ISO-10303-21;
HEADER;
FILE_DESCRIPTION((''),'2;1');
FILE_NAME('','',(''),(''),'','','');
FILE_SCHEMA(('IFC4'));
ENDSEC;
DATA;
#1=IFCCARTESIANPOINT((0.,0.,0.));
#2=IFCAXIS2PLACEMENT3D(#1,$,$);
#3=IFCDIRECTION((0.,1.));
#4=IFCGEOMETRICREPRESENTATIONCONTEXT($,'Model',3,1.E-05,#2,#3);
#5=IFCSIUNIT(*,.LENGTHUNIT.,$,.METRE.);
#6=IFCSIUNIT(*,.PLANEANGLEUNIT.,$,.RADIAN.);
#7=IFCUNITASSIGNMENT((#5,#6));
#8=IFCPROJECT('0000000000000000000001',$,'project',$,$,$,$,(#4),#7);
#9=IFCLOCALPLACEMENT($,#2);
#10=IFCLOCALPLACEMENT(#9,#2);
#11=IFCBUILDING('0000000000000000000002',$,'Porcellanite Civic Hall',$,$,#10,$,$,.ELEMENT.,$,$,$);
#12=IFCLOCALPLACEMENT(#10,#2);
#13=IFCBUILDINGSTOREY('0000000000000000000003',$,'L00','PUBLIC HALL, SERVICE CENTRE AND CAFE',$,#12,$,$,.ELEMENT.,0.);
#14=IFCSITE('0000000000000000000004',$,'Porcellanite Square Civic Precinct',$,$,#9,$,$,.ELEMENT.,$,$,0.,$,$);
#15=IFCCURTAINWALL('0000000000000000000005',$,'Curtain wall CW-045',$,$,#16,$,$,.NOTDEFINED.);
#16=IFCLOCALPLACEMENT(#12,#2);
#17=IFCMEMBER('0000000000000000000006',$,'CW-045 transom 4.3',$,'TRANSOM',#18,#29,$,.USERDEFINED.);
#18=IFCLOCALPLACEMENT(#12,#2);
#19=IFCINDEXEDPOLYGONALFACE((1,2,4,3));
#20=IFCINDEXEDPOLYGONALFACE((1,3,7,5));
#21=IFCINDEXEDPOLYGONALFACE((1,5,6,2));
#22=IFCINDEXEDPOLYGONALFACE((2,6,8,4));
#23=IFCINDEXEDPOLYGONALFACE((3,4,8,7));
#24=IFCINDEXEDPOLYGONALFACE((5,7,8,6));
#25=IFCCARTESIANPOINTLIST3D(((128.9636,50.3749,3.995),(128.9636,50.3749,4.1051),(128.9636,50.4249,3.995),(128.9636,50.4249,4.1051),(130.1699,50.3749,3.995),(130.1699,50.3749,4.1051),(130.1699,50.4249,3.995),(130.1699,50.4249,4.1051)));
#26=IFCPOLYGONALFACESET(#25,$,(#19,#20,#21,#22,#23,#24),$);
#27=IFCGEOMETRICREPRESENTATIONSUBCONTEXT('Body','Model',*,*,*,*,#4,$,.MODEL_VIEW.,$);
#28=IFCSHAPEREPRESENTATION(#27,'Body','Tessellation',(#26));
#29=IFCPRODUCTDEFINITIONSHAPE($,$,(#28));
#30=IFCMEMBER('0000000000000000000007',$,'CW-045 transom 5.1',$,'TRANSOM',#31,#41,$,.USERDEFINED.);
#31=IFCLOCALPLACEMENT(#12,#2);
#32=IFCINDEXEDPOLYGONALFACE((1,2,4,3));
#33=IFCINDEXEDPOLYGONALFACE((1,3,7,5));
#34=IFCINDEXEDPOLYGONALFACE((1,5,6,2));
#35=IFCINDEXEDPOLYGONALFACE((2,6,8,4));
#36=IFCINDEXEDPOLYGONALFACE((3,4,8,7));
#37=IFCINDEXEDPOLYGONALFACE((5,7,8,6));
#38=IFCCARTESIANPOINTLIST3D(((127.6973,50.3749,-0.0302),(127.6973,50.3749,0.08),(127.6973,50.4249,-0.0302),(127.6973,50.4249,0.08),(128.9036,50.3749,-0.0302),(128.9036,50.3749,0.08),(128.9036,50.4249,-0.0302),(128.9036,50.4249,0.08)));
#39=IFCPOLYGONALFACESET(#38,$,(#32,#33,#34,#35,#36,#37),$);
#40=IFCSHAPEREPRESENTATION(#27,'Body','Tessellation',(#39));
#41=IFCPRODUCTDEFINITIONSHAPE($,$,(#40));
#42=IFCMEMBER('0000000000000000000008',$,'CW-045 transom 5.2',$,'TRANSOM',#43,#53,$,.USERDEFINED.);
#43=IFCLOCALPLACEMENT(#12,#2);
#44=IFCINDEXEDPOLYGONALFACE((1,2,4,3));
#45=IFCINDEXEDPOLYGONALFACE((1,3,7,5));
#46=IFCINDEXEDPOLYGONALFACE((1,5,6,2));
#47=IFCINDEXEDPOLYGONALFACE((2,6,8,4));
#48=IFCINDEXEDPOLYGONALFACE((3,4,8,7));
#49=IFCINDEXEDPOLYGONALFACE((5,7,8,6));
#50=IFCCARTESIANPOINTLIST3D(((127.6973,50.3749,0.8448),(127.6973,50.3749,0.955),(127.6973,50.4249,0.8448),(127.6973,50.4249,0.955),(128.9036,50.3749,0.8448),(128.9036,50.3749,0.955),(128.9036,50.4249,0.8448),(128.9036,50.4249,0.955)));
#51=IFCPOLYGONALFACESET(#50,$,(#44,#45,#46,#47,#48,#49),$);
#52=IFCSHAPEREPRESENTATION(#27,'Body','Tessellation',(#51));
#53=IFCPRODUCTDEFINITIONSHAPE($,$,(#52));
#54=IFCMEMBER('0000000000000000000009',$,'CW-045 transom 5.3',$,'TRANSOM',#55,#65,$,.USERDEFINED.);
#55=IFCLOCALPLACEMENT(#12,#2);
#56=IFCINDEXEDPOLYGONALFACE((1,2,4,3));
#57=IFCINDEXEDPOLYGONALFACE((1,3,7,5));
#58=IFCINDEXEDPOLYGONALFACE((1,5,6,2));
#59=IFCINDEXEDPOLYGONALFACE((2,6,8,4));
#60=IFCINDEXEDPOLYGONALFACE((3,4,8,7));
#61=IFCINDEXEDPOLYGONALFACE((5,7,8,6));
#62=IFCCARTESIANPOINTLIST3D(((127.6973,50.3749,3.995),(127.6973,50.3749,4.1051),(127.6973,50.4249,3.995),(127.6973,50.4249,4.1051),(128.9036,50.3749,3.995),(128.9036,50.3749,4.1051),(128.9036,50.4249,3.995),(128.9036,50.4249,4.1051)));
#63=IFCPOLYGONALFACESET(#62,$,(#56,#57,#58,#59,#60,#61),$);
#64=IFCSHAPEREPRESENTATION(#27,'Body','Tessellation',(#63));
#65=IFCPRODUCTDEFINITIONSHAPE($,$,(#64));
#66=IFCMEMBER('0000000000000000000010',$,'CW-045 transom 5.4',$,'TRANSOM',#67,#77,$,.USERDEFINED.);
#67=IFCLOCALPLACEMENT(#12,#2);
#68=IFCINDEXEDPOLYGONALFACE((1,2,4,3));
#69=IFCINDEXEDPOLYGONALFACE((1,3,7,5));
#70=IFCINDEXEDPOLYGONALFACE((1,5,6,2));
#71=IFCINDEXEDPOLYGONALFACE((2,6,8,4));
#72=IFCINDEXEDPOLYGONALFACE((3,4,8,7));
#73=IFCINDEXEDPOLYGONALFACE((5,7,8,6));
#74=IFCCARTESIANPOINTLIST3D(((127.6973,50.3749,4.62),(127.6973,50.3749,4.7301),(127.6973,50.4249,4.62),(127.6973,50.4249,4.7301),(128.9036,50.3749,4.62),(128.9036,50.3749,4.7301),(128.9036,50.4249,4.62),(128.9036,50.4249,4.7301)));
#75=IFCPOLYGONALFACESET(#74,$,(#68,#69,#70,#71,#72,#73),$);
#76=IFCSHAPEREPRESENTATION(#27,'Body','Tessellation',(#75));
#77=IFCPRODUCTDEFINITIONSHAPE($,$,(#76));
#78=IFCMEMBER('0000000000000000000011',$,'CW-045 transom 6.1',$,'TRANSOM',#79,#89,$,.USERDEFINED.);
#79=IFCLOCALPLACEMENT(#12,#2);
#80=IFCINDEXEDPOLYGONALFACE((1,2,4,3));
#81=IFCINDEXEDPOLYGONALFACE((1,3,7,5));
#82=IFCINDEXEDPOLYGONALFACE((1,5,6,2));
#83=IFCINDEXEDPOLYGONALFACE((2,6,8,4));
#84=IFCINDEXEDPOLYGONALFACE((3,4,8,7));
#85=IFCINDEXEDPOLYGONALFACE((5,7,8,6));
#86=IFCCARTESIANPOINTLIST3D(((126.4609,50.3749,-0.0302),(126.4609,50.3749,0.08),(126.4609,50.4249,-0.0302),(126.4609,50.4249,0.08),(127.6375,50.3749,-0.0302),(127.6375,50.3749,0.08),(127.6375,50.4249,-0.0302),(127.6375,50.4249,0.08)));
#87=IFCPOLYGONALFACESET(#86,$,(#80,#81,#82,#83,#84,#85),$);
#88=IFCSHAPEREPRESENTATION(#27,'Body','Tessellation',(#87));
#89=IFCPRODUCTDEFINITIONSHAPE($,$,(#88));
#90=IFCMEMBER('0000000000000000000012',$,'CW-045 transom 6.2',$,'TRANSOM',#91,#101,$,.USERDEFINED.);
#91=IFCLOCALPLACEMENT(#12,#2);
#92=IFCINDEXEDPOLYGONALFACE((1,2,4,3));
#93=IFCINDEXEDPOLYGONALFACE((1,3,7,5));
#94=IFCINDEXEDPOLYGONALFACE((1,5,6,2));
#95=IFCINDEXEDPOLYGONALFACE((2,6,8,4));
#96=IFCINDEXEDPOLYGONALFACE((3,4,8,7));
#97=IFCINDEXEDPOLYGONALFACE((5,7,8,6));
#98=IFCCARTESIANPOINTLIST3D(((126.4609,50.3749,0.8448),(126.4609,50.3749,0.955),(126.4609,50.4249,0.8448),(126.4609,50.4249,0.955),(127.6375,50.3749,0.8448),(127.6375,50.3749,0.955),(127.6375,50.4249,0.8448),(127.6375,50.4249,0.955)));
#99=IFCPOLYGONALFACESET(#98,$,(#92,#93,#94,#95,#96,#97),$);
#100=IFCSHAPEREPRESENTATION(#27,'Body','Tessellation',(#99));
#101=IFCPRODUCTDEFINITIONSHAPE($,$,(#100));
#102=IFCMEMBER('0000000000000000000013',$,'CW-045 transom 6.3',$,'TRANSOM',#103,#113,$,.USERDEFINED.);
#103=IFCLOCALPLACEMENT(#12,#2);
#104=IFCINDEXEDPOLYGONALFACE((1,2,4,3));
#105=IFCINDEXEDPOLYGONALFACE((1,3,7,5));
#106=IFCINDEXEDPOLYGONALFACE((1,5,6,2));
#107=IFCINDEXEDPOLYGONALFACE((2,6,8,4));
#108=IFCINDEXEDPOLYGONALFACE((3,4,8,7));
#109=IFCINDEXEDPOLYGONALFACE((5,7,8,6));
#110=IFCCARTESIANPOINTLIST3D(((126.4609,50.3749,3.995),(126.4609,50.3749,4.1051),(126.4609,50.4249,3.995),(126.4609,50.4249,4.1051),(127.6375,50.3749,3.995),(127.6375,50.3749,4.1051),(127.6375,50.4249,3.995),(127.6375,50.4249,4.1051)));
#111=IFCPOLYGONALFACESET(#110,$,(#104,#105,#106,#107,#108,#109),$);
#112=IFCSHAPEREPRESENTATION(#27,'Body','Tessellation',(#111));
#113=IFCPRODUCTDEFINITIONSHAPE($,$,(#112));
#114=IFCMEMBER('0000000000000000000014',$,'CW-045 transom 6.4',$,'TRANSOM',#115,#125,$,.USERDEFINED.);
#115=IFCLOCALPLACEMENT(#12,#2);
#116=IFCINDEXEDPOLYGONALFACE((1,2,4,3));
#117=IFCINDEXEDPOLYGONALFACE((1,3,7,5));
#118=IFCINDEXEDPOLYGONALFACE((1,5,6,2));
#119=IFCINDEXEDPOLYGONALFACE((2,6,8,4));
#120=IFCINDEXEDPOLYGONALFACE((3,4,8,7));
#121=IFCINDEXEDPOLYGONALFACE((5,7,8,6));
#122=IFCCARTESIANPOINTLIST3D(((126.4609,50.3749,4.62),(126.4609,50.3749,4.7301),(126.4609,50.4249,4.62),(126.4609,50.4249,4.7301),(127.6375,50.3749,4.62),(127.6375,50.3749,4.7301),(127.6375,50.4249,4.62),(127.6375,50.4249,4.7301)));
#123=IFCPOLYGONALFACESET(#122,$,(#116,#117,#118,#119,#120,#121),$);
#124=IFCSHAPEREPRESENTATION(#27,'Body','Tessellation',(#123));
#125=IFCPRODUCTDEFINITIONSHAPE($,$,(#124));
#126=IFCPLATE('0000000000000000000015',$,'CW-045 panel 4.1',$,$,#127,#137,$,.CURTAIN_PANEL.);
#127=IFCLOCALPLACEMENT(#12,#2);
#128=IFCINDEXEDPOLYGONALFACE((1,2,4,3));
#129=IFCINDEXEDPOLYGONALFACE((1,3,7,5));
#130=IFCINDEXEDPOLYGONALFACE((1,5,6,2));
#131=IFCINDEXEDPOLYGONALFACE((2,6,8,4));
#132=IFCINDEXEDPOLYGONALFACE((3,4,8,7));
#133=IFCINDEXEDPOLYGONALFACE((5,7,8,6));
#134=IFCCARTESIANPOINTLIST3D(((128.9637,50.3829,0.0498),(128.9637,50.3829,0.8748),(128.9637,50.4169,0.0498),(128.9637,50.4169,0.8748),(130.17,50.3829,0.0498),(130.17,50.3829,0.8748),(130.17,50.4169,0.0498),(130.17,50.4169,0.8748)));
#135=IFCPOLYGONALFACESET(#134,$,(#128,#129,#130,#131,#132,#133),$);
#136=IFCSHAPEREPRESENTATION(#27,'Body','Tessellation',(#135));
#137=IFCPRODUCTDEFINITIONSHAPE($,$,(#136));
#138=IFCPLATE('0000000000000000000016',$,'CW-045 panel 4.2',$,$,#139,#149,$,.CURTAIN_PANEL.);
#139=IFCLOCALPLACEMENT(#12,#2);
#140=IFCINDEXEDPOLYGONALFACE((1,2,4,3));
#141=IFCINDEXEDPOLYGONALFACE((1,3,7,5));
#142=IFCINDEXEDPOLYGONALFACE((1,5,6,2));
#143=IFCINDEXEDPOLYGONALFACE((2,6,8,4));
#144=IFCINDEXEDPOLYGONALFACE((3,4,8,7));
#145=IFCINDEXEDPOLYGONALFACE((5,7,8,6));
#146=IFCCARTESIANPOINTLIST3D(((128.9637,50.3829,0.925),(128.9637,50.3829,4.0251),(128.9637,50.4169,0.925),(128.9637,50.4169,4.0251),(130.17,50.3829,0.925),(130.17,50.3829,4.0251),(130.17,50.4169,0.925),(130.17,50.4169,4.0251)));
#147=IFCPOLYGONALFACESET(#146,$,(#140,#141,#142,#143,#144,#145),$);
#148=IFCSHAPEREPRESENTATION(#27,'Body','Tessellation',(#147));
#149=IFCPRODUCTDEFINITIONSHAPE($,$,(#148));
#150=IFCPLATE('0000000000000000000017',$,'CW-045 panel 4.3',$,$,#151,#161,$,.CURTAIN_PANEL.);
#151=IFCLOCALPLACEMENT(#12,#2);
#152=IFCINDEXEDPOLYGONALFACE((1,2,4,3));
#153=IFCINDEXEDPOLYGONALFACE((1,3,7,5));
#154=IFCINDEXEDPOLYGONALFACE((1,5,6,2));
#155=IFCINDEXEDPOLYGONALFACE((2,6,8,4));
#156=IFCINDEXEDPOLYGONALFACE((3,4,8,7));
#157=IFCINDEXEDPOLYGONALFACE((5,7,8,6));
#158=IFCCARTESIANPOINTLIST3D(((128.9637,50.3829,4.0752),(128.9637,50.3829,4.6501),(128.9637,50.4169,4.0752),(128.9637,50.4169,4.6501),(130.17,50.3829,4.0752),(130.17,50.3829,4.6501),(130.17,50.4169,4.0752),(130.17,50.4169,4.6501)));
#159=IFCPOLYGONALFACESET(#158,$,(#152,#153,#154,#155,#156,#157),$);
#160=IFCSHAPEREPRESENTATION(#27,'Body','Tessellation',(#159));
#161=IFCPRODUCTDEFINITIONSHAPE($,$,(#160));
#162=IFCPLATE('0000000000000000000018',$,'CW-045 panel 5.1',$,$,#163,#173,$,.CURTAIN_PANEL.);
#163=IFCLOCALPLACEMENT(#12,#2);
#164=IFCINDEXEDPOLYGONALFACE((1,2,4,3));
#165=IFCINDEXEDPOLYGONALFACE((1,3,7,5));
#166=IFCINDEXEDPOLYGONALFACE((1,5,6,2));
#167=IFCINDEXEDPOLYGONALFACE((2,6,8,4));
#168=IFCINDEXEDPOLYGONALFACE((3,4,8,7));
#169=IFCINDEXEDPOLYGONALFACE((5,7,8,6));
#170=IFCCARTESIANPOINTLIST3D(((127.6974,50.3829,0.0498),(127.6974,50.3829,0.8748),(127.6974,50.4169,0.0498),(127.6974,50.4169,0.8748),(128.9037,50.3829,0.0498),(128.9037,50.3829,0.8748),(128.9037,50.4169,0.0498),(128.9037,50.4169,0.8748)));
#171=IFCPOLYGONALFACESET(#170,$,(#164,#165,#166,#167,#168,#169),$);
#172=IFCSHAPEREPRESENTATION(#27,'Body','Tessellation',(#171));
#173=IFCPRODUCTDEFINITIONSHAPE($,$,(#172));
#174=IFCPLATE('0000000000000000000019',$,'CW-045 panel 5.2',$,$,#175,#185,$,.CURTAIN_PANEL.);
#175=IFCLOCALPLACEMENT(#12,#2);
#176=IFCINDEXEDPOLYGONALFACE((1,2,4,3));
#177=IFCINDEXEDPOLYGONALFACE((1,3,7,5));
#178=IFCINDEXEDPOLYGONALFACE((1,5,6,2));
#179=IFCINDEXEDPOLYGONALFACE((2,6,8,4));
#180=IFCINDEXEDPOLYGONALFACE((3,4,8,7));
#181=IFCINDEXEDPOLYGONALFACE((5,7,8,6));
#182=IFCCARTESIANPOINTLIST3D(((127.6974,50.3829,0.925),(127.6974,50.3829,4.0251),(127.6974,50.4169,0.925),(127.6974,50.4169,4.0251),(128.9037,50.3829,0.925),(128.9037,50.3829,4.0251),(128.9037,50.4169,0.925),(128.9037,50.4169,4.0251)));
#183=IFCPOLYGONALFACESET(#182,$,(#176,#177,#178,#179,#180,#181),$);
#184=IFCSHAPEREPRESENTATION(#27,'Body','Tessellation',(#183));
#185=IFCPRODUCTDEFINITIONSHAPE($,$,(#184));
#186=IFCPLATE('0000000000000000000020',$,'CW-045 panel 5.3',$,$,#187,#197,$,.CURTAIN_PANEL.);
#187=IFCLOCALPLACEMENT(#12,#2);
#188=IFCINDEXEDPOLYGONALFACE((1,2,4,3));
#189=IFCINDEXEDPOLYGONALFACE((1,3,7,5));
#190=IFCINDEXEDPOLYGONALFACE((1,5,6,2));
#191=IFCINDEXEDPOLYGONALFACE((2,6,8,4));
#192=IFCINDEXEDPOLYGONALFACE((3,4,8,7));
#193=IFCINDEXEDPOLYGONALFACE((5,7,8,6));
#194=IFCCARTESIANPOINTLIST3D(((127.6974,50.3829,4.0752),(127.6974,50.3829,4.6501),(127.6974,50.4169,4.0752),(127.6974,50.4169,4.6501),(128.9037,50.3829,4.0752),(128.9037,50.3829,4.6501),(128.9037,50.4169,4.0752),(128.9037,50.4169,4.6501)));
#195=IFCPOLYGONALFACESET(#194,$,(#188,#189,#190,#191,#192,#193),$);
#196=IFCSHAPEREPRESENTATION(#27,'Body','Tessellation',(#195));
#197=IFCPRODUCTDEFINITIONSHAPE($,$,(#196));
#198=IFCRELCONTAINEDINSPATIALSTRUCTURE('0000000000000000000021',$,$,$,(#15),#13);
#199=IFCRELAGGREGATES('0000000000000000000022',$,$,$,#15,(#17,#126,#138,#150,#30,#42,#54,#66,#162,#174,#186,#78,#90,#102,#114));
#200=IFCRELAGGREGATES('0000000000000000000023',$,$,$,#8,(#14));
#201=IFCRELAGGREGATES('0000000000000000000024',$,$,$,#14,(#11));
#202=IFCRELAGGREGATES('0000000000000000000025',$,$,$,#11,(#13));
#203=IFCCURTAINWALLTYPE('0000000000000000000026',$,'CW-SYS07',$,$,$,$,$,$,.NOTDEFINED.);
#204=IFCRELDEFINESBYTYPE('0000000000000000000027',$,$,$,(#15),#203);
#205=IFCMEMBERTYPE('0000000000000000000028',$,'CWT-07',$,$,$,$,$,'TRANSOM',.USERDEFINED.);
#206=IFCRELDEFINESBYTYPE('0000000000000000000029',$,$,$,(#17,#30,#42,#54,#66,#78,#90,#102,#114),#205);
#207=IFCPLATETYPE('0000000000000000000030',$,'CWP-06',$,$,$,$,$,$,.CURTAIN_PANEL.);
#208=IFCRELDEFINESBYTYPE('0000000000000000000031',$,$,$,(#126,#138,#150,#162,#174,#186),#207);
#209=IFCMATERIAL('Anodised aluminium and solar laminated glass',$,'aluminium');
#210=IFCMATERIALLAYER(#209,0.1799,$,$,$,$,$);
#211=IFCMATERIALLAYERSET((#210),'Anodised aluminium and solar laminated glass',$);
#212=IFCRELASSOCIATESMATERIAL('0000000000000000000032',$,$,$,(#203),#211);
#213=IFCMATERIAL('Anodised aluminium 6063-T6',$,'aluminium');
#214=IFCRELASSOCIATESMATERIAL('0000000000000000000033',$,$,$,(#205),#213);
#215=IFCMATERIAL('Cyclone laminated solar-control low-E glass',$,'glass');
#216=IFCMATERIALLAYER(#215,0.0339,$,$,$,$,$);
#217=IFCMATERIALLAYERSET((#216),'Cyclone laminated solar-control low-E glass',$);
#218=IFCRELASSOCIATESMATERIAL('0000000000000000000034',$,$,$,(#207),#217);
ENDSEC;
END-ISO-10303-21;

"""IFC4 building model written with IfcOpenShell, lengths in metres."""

from ifc_helpers import new_model, si_unit, direction, frame, origin, origin_2d, place, context, subcontext, project, spatial, rectangle, extrude, material, layer, layer_set, material_profile, profile_set, type_object, element, aggregate, save


model = new_model("IFC4")

# Units and contexts
model_context = context("Model", 3, precision=1e-05, world=origin(), true_north=direction((0.0, 1.0)))
body_context = subcontext(model_context, "Body", "Model", "MODEL_VIEW")
ifc_project = project(units=[si_unit("LENGTHUNIT", "METRE"), si_unit("PLANEANGLEUNIT", "RADIAN")], contexts=[model_context])

# Site, building, storey
site_placement = place(None, origin())
site = spatial("IfcSite", under=ifc_project, at=site_placement, Name="Porcellanite Square Civic Precinct", CompositionType="ELEMENT", RefElevation=0.0)
building_placement = place(site_placement, origin())
building = spatial("IfcBuilding", under=site, at=building_placement, Name="Porcellanite Civic Hall", CompositionType="ELEMENT")
storey_placement = place(building_placement, origin())
storey = spatial("IfcBuildingStorey", under=building, at=storey_placement, Name="L00", Description="PUBLIC HALL, SERVICE CENTRE AND CAFE", CompositionType="ELEMENT", Elevation=0.0)

# Curtain wall, members, plates
ifc_material_1 = material(Name="Anodised aluminium and solar laminated glass", Category="aluminium")
ifc_layer_1 = layer(ifc_material_1, 0.1799)
ifc_layer_set_1 = layer_set([ifc_layer_1], Name="Anodised aluminium and solar laminated glass")
curtain_wall_type = type_object("IfcCurtainWallType", Name="CW-SYS07", PredefinedType="NOTDEFINED", material=ifc_layer_set_1)
curtain_wall_placement = place(storey_placement, origin())
curtain_wall = element("IfcCurtainWall", 1, at=curtain_wall_placement, inside=storey, type_object=curtain_wall_type, Name="Curtain wall CW-045", PredefinedType="NOTDEFINED")
ifc_material_2 = material(Name="Anodised aluminium 6063-T6", Category="aluminium")
ifc_material_profile_1 = material_profile(ifc_material_2, rectangle(XDim=0.05, YDim=0.1101, at=origin_2d()), Name="AL-50x110")
ifc_profile_set_1 = profile_set([ifc_material_profile_1], Name="Anodised aluminium 6063-T6")
member_type_1 = type_object("IfcMemberType", Name="CWT-07", ElementType="TRANSOM", PredefinedType="USERDEFINED", material=ifc_profile_set_1)
member_1_placement = place(storey_placement, frame((130.1699, 50.3999, 4.05), z_axis=(-1.0, 0.0, 0.0), x_axis=(0.0, -1.0, 0.0)))
member_1 = element("IfcMember", 2, at=member_1_placement, type_object=member_type_1, Name="CW-045 transom 4.3", ObjectType="TRANSOM", PredefinedType="USERDEFINED", context=body_context, shape_type="SweptSolid", body=[
    extrude(rectangle(XDim=0.05, YDim=0.1101, at=origin_2d()), origin(), (0.0, 0.0, 1.0), 1.2063),
])
member_2_placement = place(storey_placement, frame((128.9036, 50.3999, 0.0249), z_axis=(-1.0, 0.0, 0.0), x_axis=(0.0, -1.0, 0.0)))
member_2 = element("IfcMember", 3, at=member_2_placement, type_object=member_type_1, Name="CW-045 transom 5.1", ObjectType="TRANSOM", PredefinedType="USERDEFINED", context=body_context, shape_type="SweptSolid", body=[
    extrude(rectangle(XDim=0.05, YDim=0.1101, at=origin_2d()), origin(), (0.0, 0.0, 1.0), 1.2063),
])
member_3_placement = place(storey_placement, frame((128.9036, 50.3999, 0.8999), z_axis=(-1.0, 0.0, 0.0), x_axis=(0.0, -1.0, 0.0)))
member_3 = element("IfcMember", 4, at=member_3_placement, type_object=member_type_1, Name="CW-045 transom 5.2", ObjectType="TRANSOM", PredefinedType="USERDEFINED", context=body_context, shape_type="SweptSolid", body=[
    extrude(rectangle(XDim=0.05, YDim=0.1101, at=origin_2d()), origin(), (0.0, 0.0, 1.0), 1.2063),
])
member_4_placement = place(storey_placement, frame((128.9036, 50.3999, 4.05), z_axis=(-1.0, 0.0, 0.0), x_axis=(0.0, -1.0, 0.0)))
member_4 = element("IfcMember", 5, at=member_4_placement, type_object=member_type_1, Name="CW-045 transom 5.3", ObjectType="TRANSOM", PredefinedType="USERDEFINED", context=body_context, shape_type="SweptSolid", body=[
    extrude(rectangle(XDim=0.05, YDim=0.1101, at=origin_2d()), origin(), (0.0, 0.0, 1.0), 1.2063),
])
member_5_placement = place(storey_placement, frame((128.9036, 50.3999, 4.675), z_axis=(-1.0, 0.0, 0.0), x_axis=(0.0, -1.0, 0.0)))
member_5 = element("IfcMember", 6, at=member_5_placement, type_object=member_type_1, Name="CW-045 transom 5.4", ObjectType="TRANSOM", PredefinedType="USERDEFINED", context=body_context, shape_type="SweptSolid", body=[
    extrude(rectangle(XDim=0.05, YDim=0.1101, at=origin_2d()), origin(), (0.0, 0.0, 1.0), 1.2063),
])
member_6_placement = place(storey_placement, frame((127.6375, 50.3999, 0.0249), z_axis=(-1.0, 0.0, 0.0), x_axis=(0.0, -1.0, 0.0)))
member_6 = element("IfcMember", 7, at=member_6_placement, type_object=member_type_1, Name="CW-045 transom 6.1", ObjectType="TRANSOM", PredefinedType="USERDEFINED", context=body_context, shape_type="SweptSolid", body=[
    extrude(rectangle(XDim=0.05, YDim=0.1101, at=origin_2d()), origin(), (0.0, 0.0, 1.0), 1.1765),
])
member_7_placement = place(storey_placement, frame((127.6375, 50.3999, 0.8999), z_axis=(-1.0, 0.0, 0.0), x_axis=(0.0, -1.0, 0.0)))
member_7 = element("IfcMember", 8, at=member_7_placement, type_object=member_type_1, Name="CW-045 transom 6.2", ObjectType="TRANSOM", PredefinedType="USERDEFINED", context=body_context, shape_type="SweptSolid", body=[
    extrude(rectangle(XDim=0.05, YDim=0.1101, at=origin_2d()), origin(), (0.0, 0.0, 1.0), 1.1765),
])
member_8_placement = place(storey_placement, frame((127.6375, 50.3999, 4.05), z_axis=(-1.0, 0.0, 0.0), x_axis=(0.0, -1.0, 0.0)))
member_8 = element("IfcMember", 9, at=member_8_placement, type_object=member_type_1, Name="CW-045 transom 6.3", ObjectType="TRANSOM", PredefinedType="USERDEFINED", context=body_context, shape_type="SweptSolid", body=[
    extrude(rectangle(XDim=0.05, YDim=0.1101, at=origin_2d()), origin(), (0.0, 0.0, 1.0), 1.1765),
])
member_9_placement = place(storey_placement, frame((127.6375, 50.3999, 4.675), z_axis=(-1.0, 0.0, 0.0), x_axis=(0.0, -1.0, 0.0)))
member_9 = element("IfcMember", 10, at=member_9_placement, type_object=member_type_1, Name="CW-045 transom 6.4", ObjectType="TRANSOM", PredefinedType="USERDEFINED", context=body_context, shape_type="SweptSolid", body=[
    extrude(rectangle(XDim=0.05, YDim=0.1101, at=origin_2d()), origin(), (0.0, 0.0, 1.0), 1.1765),
])
ifc_material_3 = material(Name="Cyclone laminated solar-control low-E glass", Category="glass")
ifc_layer_2 = layer(ifc_material_3, 0.0339)
ifc_layer_set_2 = layer_set([ifc_layer_2], Name="Cyclone laminated solar-control low-E glass")
plate_type = type_object("IfcPlateType", Name="CWP-06", PredefinedType="CURTAIN_PANEL", material=ifc_layer_set_2)
plate_1_placement = place(storey_placement, frame((129.5669, 50.3999, 0.0498), z_axis=(0.0, 0.0, 1.0), x_axis=(-1.0, 0.0, 0.0)))
plate_1 = element("IfcPlate", 11, at=plate_1_placement, type_object=plate_type, Name="CW-045 panel 4.1", PredefinedType="CURTAIN_PANEL", context=body_context, shape_type="SweptSolid", body=[
    extrude(rectangle(XDim=1.2063, YDim=0.0339, at=origin_2d()), origin(), (0.0, 0.0, 1.0), 0.825),
])
plate_2_placement = place(storey_placement, frame((129.5669, 50.3999, 0.925), z_axis=(0.0, 0.0, 1.0), x_axis=(-1.0, 0.0, 0.0)))
plate_2 = element("IfcPlate", 12, at=plate_2_placement, type_object=plate_type, Name="CW-045 panel 4.2", PredefinedType="CURTAIN_PANEL", context=body_context, shape_type="SweptSolid", body=[
    extrude(rectangle(XDim=1.2063, YDim=0.0339, at=origin_2d()), origin(), (0.0, 0.0, 1.0), 3.1001),
])
plate_3_placement = place(storey_placement, frame((129.5669, 50.3999, 4.0752), z_axis=(0.0, 0.0, 1.0), x_axis=(-1.0, 0.0, 0.0)))
plate_3 = element("IfcPlate", 13, at=plate_3_placement, type_object=plate_type, Name="CW-045 panel 4.3", PredefinedType="CURTAIN_PANEL", context=body_context, shape_type="SweptSolid", body=[
    extrude(rectangle(XDim=1.2063, YDim=0.0339, at=origin_2d()), origin(), (0.0, 0.0, 1.0), 0.575),
])
plate_4_placement = place(storey_placement, frame((128.3005, 50.3999, 0.0498), z_axis=(0.0, 0.0, 1.0), x_axis=(-1.0, 0.0, 0.0)))
plate_4 = element("IfcPlate", 14, at=plate_4_placement, type_object=plate_type, Name="CW-045 panel 5.1", PredefinedType="CURTAIN_PANEL", context=body_context, shape_type="SweptSolid", body=[
    extrude(rectangle(XDim=1.2063, YDim=0.0339, at=origin_2d()), origin(), (0.0, 0.0, 1.0), 0.825),
])
plate_5_placement = place(storey_placement, frame((128.3005, 50.3999, 0.925), z_axis=(0.0, 0.0, 1.0), x_axis=(-1.0, 0.0, 0.0)))
plate_5 = element("IfcPlate", 15, at=plate_5_placement, type_object=plate_type, Name="CW-045 panel 5.2", PredefinedType="CURTAIN_PANEL", context=body_context, shape_type="SweptSolid", body=[
    extrude(rectangle(XDim=1.2063, YDim=0.0339, at=origin_2d()), origin(), (0.0, 0.0, 1.0), 3.1001),
])
plate_6_placement = place(storey_placement, frame((128.3005, 50.3999, 4.0752), z_axis=(0.0, 0.0, 1.0), x_axis=(-1.0, 0.0, 0.0)))
plate_6 = element("IfcPlate", 16, at=plate_6_placement, type_object=plate_type, Name="CW-045 panel 5.3", PredefinedType="CURTAIN_PANEL", context=body_context, shape_type="SweptSolid", body=[
    extrude(rectangle(XDim=1.2063, YDim=0.0339, at=origin_2d()), origin(), (0.0, 0.0, 1.0), 0.575),
])
aggregate(curtain_wall, [member_1, plate_1, plate_2, plate_3, member_2, member_3, member_4, member_5, plate_4, plate_5, plate_6, member_6, member_7, member_8, member_9])

save(model, "model.ifc")
